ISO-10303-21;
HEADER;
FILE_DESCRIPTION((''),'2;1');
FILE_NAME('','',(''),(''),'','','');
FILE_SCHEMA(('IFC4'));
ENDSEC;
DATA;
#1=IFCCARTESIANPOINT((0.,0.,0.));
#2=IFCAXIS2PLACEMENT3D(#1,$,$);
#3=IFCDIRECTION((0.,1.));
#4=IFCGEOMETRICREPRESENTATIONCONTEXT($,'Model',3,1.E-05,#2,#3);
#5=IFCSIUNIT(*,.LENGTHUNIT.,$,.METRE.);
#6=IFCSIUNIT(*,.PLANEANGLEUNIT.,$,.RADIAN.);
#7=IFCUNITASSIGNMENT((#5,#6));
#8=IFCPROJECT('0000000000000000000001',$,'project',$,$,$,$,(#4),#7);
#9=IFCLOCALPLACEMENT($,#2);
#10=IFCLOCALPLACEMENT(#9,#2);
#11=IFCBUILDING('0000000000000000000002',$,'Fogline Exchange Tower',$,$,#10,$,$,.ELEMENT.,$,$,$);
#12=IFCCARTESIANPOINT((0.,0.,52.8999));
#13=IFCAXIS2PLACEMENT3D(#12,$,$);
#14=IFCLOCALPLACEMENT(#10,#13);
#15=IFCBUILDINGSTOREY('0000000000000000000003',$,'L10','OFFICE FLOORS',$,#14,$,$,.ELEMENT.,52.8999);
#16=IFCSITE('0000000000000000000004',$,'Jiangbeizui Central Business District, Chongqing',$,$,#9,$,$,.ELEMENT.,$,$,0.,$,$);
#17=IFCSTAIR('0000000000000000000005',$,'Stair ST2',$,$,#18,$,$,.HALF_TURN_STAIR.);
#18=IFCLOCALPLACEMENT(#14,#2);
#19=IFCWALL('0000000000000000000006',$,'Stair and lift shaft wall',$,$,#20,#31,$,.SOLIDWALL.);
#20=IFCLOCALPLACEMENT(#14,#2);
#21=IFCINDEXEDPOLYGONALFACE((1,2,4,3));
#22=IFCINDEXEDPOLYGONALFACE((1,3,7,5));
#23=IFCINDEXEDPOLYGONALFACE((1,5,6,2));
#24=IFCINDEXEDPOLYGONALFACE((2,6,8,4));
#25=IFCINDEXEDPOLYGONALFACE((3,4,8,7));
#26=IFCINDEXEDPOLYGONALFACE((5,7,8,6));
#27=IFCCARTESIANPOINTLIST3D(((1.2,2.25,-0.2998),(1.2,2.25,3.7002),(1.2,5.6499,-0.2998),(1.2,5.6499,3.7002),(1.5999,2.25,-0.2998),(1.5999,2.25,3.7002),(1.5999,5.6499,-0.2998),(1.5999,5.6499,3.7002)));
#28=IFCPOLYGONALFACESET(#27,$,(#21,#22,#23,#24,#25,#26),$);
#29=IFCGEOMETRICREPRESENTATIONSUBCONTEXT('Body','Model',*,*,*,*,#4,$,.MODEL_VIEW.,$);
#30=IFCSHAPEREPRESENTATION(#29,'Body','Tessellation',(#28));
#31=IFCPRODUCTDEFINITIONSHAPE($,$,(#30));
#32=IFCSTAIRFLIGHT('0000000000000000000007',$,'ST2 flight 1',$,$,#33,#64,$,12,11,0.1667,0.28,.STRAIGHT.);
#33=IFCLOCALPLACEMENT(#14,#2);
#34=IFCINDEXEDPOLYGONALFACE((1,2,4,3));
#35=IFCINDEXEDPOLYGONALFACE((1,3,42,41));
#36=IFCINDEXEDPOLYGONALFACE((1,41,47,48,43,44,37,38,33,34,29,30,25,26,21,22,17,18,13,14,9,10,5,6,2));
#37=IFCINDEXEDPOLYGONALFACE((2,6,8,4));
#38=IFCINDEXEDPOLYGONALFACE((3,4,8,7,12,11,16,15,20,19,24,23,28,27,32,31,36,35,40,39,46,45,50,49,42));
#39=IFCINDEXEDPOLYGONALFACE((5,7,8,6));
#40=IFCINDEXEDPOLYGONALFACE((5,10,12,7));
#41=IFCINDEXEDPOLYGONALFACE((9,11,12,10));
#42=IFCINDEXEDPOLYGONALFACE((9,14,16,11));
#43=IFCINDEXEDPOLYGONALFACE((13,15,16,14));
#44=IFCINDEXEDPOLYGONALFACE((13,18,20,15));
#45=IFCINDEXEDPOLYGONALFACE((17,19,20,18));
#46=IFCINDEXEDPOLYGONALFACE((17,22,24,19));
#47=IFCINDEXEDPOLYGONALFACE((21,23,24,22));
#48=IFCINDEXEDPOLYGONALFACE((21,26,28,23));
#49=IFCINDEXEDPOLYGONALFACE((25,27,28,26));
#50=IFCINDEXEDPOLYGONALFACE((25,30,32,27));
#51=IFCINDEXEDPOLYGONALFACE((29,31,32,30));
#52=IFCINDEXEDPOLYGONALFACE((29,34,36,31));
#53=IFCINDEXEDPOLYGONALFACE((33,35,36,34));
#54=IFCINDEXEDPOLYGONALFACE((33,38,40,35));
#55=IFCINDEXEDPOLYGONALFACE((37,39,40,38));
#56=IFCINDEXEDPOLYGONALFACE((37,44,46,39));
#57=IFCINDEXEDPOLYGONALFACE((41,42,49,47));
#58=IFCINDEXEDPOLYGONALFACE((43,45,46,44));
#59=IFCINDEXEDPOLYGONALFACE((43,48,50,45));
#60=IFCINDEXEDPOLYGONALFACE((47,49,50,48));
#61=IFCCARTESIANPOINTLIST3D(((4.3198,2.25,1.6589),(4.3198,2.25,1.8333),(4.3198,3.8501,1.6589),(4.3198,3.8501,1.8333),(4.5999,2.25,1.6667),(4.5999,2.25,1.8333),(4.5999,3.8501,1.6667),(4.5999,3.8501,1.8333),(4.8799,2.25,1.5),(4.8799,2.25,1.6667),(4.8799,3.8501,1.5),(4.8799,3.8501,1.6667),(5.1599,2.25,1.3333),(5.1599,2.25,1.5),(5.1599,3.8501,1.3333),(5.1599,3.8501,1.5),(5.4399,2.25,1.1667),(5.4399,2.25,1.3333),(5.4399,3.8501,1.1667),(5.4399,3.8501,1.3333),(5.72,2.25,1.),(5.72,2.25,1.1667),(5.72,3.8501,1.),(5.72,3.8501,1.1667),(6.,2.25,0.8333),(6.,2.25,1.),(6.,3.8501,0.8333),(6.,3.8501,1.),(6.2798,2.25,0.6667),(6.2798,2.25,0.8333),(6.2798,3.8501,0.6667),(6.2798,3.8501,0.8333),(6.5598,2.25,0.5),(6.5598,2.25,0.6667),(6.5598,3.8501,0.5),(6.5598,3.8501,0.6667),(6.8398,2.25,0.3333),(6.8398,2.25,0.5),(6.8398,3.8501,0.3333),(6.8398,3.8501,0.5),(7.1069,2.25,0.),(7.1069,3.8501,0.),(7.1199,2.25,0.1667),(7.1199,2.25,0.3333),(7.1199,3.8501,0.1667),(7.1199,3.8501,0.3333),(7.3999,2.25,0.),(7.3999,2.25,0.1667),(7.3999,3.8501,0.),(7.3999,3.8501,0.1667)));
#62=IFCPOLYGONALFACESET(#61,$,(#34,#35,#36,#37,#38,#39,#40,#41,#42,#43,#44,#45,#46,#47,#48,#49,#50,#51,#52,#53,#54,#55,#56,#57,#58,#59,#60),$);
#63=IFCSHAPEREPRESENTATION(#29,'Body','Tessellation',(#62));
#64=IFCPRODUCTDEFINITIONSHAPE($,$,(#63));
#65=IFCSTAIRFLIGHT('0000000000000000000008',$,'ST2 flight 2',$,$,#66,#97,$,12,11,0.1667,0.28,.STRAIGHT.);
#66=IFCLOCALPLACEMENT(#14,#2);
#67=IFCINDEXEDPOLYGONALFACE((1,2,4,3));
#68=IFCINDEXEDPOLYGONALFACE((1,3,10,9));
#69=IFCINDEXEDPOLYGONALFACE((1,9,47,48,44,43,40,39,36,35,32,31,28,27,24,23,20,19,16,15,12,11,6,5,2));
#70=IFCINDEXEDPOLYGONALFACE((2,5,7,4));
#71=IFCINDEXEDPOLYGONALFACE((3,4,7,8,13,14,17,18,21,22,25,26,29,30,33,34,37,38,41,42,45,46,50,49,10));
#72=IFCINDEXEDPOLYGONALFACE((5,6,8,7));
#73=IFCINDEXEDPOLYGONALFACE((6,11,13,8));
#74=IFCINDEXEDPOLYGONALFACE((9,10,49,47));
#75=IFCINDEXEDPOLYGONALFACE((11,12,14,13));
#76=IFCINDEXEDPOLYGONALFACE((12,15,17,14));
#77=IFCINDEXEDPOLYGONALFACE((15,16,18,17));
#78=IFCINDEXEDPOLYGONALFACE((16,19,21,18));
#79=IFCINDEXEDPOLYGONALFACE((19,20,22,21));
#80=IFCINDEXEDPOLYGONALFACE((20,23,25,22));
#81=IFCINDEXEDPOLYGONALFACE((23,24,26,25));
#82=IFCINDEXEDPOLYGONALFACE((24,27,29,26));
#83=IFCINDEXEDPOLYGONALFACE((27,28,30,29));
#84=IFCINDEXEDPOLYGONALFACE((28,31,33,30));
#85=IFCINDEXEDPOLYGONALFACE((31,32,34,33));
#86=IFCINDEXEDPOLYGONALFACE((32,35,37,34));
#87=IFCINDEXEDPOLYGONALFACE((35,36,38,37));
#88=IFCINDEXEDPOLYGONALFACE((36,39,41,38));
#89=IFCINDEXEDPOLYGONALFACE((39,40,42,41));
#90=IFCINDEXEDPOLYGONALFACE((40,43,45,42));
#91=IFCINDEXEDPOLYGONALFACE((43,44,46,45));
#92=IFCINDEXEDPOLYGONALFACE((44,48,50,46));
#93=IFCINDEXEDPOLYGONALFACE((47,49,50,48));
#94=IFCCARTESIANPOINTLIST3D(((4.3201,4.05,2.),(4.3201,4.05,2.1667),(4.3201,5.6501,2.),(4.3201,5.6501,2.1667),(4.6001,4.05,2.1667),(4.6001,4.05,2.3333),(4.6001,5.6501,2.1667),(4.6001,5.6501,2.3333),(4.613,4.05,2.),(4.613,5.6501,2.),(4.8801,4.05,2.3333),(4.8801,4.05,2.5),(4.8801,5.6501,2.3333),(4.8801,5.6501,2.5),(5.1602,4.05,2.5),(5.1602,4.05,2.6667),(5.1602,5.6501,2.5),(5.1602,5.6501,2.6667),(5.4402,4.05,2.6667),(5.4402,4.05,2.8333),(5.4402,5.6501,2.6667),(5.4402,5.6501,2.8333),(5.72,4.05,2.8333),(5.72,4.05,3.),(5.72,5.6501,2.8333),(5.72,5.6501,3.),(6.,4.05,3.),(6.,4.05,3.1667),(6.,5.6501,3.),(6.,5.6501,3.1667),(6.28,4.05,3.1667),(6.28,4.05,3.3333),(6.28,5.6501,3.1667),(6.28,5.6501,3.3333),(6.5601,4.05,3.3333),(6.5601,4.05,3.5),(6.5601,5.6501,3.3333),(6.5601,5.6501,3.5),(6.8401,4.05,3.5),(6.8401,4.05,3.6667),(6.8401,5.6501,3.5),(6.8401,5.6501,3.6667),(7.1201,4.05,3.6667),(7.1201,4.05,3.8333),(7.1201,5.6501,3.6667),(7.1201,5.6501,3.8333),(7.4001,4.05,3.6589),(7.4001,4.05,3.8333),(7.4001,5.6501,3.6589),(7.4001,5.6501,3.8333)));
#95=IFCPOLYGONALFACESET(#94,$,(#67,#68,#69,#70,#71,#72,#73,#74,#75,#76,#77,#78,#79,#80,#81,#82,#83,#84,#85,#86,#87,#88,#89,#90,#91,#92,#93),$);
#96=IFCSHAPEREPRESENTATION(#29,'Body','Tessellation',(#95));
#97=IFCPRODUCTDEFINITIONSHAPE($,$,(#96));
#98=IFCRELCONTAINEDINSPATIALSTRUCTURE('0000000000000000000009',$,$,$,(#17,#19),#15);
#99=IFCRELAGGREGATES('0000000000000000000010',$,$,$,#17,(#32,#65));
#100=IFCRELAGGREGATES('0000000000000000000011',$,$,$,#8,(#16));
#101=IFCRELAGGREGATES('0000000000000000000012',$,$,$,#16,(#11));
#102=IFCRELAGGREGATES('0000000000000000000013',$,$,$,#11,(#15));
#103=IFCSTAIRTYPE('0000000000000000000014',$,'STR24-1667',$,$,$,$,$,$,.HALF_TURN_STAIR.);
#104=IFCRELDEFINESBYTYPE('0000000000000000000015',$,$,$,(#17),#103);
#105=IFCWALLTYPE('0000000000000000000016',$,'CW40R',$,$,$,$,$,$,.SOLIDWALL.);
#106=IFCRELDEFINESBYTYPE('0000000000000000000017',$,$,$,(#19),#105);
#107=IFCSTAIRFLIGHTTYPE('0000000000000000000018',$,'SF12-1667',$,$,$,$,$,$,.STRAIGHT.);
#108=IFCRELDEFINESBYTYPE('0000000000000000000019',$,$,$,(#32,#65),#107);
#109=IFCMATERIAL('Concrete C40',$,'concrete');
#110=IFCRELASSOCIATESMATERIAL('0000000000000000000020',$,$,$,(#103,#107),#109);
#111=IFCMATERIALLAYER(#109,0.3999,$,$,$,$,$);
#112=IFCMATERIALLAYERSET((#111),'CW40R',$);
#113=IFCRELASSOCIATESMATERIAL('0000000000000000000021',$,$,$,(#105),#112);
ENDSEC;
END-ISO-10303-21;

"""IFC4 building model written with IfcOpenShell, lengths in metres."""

from ifc_helpers import new_model, si_unit, direction, frame, frame_2d, origin, place, context, subcontext, project, spatial, polyline, rectangle, outline, extrude, material, layer, layer_set, type_object, element, aggregate, save


model = new_model("IFC4")

# Units and contexts
model_context = context("Model", 3, precision=1e-05, world=origin(), true_north=direction((0.0, 1.0)))
body_context = subcontext(model_context, "Body", "Model", "MODEL_VIEW")
ifc_project = project(units=[si_unit("LENGTHUNIT", "METRE"), si_unit("PLANEANGLEUNIT", "RADIAN")], contexts=[model_context])

# Site, building, storey
site_placement = place(None, origin())
site = spatial("IfcSite", under=ifc_project, at=site_placement, Name="Jiangbeizui Central Business District, Chongqing", CompositionType="ELEMENT", RefElevation=0.0)
building_placement = place(site_placement, origin())
building = spatial("IfcBuilding", under=site, at=building_placement, Name="Fogline Exchange Tower", CompositionType="ELEMENT")
storey_placement = place(building_placement, frame((0.0, 0.0, 52.8999)))
storey = spatial("IfcBuildingStorey", under=building, at=storey_placement, Name="L10", Description="OFFICE FLOORS", CompositionType="ELEMENT", Elevation=52.8999)

# Shared definitions
ifc_material_1 = material(Name="Concrete C40", Category="concrete")

# Stair
stair_type = type_object("IfcStairType", Name="STR24-1667", PredefinedType="HALF_TURN_STAIR", material=ifc_material_1)
stair_1_placement = place(storey_placement, origin())
stair_1 = element("IfcStair", 1, at=stair_1_placement, inside=storey, type_object=stair_type, Name="Stair ST2", PredefinedType="HALF_TURN_STAIR")

# Wall
ifc_layer_1 = layer(ifc_material_1, 0.3999)
ifc_layer_set_1 = layer_set([ifc_layer_1], Name="CW40R")
wall_type_1 = type_object("IfcWallType", Name="CW40R", PredefinedType="SOLIDWALL", material=ifc_layer_set_1)
wall_1_placement = place(storey_placement, frame((1.3999, 2.25, -0.2998), z_axis=(0.0, 0.0, 1.0), x_axis=(0.0, 1.0, 0.0)))
element("IfcWall", 2, at=wall_1_placement, inside=storey, type_object=wall_type_1, Name="Stair and lift shaft wall", PredefinedType="SOLIDWALL", context=body_context, shape_type="SweptSolid", body=[
    extrude(rectangle(XDim=3.3999, YDim=0.3999, at=frame_2d((1.7, 0.0))), origin(), (0.0, 0.0, 1.0), 4.0),
])

# Stair flights
stair_flight_type = type_object("IfcStairFlightType", Name="SF12-1667", PredefinedType="STRAIGHT", material=ifc_material_1)
stair_flight_1_placement = place(storey_placement, frame((7.3999, 3.05, 0.0), z_axis=(0.0, 0.0, 1.0), x_axis=(-1.0, 0.0, 0.0)))
stair_flight_1 = element("IfcStairFlight", 3, at=stair_flight_1_placement, type_object=stair_flight_type, Name="ST2 flight 1", NumberOfRisers=12, NumberOfTreads=11, PredefinedType="STRAIGHT", RiserHeight=0.1667, TreadLength=0.28, context=body_context, shape_type="SweptSolid", body=[
    extrude(outline(polyline([(0.0, 0.0), (0.0, 0.1667), (0.28, 0.1667), (0.28, 0.3333), (0.5601, 0.3333), (0.5601, 0.5), (0.8401, 0.5), (0.8401, 0.6667), (1.1201, 0.6667), (1.1201, 0.8333), (1.3999, 0.8333), (1.3999, 1.0), (1.6799, 1.0), (1.6799, 1.1667), (1.96, 1.1667), (1.96, 1.3333), (2.24, 1.3333), (2.24, 1.5), (2.52, 1.5), (2.52, 1.6667), (2.8, 1.6667), (2.8, 1.8333), (3.0801, 1.8333), (3.0801, 2.0), (3.0801, 1.6589), (0.293, 0.0), (0.0, 0.0)])), frame((0.0, 0.8, 0.0), z_axis=(0.0, -1.0, 0.0), x_axis=(1.0, 0.0, 0.0)), (0.0, 0.0, 1.0), 1.6001),
])
stair_flight_2_placement = place(storey_placement, frame((4.3201, 4.8501, 2.0), z_axis=(0.0, 0.0, 1.0), x_axis=(1.0, 0.0, 0.0)))
stair_flight_2 = element("IfcStairFlight", 4, at=stair_flight_2_placement, type_object=stair_flight_type, Name="ST2 flight 2", NumberOfRisers=12, NumberOfTreads=11, PredefinedType="STRAIGHT", RiserHeight=0.1667, TreadLength=0.28, context=body_context, shape_type="SweptSolid", body=[
    extrude(outline(polyline([(0.0, 0.0), (0.0, 0.1667), (0.28, 0.1667), (0.28, 0.3333), (0.5601, 0.3333), (0.5601, 0.5), (0.8401, 0.5), (0.8401, 0.6667), (1.1201, 0.6667), (1.1201, 0.8333), (1.3999, 0.8333), (1.3999, 1.0), (1.6799, 1.0), (1.6799, 1.1667), (1.96, 1.1667), (1.96, 1.3333), (2.24, 1.3333), (2.24, 1.5), (2.52, 1.5), (2.52, 1.6667), (2.8, 1.6667), (2.8, 1.8333), (3.0801, 1.8333), (3.0801, 2.0), (3.0801, 1.6589), (0.293, 0.0), (0.0, 0.0)])), frame((0.0, 0.8, 0.0), z_axis=(0.0, -1.0, 0.0), x_axis=(1.0, 0.0, 0.0)), (0.0, 0.0, 1.0), 1.6001),
])
aggregate(stair_1, [stair_flight_1, stair_flight_2])

save(model, "model.ifc")
